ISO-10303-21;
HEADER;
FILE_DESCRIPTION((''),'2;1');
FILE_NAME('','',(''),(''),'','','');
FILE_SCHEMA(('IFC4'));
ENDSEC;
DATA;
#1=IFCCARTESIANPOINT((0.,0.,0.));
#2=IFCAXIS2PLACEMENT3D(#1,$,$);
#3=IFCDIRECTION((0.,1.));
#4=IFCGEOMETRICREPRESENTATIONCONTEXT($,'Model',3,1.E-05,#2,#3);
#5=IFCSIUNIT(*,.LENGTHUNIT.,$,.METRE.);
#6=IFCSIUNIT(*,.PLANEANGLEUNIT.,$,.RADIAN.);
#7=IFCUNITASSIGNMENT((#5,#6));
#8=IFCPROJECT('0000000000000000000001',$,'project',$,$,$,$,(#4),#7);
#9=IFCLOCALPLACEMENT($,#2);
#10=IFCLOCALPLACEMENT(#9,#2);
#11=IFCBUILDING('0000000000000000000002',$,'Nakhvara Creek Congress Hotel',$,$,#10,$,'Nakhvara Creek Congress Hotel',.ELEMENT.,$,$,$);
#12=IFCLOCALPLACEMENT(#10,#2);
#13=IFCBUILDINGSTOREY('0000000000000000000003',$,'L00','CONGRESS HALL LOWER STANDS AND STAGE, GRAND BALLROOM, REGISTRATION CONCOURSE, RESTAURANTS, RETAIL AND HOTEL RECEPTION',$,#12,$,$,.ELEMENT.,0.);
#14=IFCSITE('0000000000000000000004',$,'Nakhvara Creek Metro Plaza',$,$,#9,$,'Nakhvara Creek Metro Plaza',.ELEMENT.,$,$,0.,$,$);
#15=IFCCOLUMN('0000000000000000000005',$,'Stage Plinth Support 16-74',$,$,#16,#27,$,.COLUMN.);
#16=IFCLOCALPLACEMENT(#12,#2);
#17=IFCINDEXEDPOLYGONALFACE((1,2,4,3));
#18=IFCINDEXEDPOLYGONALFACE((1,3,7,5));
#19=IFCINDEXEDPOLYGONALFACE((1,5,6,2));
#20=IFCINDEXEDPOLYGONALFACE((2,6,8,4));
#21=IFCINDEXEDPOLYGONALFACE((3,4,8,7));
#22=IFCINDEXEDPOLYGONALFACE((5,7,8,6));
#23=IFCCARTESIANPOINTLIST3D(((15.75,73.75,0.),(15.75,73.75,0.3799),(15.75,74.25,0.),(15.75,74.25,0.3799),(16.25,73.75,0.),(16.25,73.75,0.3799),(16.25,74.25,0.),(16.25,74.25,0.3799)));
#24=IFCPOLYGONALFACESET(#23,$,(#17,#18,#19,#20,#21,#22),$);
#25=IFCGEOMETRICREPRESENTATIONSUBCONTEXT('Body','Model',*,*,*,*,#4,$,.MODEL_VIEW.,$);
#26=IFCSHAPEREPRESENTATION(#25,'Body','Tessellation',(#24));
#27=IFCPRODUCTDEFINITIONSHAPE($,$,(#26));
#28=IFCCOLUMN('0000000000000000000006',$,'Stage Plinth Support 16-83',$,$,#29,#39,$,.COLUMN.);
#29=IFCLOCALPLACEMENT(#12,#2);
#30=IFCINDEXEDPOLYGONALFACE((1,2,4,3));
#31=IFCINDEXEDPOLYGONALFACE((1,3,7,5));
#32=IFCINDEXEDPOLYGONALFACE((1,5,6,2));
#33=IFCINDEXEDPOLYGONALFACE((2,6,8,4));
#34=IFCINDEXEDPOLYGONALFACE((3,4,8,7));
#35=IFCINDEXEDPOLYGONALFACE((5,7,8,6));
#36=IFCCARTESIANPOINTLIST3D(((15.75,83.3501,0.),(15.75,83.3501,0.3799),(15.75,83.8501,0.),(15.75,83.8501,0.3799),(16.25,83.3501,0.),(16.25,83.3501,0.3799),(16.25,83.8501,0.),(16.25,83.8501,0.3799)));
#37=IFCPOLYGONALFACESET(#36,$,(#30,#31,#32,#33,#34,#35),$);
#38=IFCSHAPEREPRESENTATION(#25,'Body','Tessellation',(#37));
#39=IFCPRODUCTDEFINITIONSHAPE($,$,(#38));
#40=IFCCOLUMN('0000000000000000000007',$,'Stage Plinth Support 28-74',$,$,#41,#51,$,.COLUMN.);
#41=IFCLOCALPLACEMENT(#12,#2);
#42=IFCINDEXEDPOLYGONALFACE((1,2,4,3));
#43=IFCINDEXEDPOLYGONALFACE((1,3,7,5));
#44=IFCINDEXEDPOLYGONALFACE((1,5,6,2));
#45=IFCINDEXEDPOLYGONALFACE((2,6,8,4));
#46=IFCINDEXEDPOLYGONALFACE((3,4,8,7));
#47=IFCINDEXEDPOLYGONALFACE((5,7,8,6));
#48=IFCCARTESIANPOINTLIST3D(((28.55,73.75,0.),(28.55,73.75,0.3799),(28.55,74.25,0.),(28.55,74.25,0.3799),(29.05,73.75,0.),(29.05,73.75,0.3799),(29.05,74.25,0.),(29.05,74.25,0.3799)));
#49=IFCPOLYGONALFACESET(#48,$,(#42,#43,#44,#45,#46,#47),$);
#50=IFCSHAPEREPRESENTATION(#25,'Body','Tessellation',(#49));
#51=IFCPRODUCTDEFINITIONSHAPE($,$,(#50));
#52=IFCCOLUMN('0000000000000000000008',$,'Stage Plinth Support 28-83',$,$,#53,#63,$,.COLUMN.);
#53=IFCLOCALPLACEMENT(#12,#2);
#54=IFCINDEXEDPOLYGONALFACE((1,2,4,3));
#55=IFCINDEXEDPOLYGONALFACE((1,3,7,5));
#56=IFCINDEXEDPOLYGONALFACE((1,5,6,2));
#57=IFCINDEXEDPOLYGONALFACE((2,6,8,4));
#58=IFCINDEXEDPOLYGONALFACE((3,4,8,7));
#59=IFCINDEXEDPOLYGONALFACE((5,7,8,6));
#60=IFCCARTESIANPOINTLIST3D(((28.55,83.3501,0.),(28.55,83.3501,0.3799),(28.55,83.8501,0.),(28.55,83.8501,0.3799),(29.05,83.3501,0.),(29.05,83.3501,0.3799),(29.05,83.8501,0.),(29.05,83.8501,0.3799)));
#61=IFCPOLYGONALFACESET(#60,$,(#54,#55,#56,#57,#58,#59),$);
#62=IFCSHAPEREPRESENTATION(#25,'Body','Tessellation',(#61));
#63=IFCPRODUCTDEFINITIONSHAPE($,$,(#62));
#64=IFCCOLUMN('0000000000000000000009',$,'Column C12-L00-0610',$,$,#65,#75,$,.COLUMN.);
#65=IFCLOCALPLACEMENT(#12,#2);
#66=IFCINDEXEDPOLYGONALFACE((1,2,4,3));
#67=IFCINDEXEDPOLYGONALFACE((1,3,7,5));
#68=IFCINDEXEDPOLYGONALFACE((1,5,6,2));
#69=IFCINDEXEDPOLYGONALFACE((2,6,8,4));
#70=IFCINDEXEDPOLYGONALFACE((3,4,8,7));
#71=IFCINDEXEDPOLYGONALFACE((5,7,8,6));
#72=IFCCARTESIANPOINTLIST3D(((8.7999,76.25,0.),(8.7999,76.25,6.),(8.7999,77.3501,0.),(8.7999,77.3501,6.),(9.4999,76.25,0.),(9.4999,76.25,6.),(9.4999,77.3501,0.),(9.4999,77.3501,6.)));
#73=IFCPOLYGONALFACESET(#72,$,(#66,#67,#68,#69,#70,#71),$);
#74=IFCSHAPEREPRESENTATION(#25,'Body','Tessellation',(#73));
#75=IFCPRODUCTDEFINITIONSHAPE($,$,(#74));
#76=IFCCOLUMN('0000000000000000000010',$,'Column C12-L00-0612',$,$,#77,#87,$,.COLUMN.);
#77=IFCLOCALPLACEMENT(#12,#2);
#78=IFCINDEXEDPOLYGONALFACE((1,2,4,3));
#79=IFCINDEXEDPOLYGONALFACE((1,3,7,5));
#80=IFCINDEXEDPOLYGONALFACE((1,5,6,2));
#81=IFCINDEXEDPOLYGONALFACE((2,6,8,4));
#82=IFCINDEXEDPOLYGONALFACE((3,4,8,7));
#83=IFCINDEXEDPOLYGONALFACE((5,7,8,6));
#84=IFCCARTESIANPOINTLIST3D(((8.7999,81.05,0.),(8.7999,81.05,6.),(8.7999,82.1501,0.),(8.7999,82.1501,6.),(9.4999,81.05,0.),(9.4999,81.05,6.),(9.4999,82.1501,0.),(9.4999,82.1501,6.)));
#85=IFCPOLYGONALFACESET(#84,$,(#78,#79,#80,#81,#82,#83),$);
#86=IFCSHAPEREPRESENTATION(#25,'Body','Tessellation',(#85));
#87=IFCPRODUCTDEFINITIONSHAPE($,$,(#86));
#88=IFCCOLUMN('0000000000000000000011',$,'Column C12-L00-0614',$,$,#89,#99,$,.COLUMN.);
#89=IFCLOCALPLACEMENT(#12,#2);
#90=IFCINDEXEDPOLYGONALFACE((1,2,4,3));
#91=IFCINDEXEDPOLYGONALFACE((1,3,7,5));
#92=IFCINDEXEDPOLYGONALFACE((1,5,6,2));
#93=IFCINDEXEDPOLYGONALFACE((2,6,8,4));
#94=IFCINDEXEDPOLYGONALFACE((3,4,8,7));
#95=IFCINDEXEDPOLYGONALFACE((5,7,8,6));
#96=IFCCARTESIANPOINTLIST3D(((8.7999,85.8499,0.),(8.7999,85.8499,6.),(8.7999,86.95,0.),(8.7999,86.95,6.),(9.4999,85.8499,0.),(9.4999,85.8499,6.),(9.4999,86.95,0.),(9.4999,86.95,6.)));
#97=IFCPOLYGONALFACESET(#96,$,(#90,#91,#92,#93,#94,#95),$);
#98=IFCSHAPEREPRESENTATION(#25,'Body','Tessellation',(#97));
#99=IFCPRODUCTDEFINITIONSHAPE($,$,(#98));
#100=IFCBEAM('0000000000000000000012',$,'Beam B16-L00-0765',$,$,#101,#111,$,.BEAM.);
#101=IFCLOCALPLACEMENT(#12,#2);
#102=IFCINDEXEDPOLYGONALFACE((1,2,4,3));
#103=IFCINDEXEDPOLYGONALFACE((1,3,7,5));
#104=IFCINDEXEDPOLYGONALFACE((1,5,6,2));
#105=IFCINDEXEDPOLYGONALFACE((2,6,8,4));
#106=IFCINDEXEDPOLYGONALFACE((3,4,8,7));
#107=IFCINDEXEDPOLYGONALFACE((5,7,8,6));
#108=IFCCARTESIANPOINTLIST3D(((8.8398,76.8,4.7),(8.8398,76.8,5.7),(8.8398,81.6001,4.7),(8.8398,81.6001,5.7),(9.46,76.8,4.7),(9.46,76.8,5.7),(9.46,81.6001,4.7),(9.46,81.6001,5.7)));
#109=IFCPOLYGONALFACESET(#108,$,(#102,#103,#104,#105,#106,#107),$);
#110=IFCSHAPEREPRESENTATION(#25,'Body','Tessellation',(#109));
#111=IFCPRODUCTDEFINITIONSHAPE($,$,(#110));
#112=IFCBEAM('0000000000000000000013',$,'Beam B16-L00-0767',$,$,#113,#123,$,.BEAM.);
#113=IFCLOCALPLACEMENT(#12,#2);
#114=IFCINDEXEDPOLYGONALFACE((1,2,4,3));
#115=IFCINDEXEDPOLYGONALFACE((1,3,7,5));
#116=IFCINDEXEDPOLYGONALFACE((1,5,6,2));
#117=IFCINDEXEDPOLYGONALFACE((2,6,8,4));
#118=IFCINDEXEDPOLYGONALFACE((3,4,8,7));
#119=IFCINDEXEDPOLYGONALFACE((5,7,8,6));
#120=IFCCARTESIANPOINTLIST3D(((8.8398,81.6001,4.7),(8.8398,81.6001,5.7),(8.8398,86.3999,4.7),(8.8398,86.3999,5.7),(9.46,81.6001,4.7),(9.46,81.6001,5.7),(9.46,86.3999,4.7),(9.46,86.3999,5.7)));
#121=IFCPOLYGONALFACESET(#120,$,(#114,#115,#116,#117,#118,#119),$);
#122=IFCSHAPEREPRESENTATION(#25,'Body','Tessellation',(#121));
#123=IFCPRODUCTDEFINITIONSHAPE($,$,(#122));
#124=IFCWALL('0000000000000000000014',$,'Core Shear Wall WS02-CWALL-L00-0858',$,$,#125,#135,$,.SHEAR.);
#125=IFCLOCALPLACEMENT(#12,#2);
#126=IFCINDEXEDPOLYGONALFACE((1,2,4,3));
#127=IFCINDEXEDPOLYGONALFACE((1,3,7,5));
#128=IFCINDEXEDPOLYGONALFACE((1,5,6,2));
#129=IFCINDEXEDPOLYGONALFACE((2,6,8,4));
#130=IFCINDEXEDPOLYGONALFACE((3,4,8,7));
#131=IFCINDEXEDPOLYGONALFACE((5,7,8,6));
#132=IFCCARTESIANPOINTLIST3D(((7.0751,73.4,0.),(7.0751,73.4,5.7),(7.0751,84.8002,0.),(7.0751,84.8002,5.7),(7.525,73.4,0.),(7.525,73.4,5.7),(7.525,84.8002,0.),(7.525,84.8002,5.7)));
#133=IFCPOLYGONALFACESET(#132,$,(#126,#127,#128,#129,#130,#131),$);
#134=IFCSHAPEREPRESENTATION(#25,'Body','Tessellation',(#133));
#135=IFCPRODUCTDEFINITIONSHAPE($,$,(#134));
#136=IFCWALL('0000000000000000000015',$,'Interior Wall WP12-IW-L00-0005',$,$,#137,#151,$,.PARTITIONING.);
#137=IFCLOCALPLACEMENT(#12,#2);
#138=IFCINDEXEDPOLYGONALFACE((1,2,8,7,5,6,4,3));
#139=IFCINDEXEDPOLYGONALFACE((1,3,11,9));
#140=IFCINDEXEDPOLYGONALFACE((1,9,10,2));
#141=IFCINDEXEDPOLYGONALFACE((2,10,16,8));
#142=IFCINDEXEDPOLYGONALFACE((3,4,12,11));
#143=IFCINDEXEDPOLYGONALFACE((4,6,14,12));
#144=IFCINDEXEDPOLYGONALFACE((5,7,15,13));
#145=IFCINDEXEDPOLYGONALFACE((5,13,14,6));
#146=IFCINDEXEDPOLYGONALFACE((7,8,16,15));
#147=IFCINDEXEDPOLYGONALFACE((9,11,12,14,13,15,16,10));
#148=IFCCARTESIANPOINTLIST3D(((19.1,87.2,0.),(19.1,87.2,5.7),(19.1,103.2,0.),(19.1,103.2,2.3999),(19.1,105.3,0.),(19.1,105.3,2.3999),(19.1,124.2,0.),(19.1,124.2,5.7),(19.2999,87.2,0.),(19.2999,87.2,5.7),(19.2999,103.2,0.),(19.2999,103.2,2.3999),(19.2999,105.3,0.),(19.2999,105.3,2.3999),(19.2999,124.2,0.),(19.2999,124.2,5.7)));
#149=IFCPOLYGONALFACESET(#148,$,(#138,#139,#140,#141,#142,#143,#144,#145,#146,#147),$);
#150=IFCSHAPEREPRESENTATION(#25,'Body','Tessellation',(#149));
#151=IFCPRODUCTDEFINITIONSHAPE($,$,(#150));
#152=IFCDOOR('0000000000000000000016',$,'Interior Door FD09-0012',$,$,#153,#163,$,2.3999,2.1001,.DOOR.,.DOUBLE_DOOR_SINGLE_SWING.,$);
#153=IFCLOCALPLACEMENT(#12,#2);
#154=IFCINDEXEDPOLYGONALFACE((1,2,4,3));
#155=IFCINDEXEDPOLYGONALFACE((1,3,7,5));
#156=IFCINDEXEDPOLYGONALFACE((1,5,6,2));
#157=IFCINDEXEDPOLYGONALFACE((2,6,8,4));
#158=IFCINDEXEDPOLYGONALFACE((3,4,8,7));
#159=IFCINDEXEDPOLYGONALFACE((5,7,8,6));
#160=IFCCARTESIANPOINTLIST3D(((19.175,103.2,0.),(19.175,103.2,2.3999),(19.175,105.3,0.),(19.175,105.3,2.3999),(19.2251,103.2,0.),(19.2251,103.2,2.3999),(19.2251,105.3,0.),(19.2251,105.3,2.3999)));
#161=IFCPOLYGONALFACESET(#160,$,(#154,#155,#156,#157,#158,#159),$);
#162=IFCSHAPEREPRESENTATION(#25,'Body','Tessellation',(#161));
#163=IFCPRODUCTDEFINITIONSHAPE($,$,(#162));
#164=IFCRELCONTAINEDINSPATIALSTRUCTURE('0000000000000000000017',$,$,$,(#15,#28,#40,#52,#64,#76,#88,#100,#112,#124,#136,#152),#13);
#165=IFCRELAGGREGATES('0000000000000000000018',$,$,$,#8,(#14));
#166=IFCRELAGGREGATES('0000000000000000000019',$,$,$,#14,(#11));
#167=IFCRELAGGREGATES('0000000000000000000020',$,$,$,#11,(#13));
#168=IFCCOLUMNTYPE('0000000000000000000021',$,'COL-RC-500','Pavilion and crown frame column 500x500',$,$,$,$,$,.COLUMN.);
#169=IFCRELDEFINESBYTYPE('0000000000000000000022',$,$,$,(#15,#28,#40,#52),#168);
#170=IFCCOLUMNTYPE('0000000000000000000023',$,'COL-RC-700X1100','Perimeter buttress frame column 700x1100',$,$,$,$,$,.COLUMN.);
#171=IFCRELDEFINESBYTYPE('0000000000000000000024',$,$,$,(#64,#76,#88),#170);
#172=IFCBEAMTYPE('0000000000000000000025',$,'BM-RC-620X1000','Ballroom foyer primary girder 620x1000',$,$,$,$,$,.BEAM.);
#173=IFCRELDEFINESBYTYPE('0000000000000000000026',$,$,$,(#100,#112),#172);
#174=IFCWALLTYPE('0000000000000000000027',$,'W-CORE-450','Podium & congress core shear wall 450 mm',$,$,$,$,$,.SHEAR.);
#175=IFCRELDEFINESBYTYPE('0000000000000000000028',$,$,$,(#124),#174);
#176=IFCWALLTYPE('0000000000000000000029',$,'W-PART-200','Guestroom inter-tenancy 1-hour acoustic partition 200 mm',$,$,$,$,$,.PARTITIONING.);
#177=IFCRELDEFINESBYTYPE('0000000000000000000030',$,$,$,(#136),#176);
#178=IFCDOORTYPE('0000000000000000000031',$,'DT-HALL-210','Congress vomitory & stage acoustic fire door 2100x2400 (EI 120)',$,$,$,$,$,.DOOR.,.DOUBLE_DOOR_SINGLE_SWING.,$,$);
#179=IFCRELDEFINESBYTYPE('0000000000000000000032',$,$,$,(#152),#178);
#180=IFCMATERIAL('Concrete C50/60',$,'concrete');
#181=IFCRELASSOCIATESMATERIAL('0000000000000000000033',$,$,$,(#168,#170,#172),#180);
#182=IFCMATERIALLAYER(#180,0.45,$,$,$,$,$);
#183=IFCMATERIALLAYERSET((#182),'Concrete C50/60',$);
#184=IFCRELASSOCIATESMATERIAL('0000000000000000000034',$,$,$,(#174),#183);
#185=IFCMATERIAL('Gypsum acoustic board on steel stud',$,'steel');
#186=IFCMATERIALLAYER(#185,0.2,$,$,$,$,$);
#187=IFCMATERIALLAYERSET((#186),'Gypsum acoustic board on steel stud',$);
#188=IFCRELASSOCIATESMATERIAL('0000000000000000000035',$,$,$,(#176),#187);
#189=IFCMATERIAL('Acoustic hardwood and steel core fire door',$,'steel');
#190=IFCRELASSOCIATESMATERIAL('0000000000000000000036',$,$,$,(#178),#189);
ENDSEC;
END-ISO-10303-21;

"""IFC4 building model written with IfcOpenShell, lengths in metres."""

from ifc_helpers import new_model, si_unit, direction, frame, frame_2d, origin, origin_2d, place, context, subcontext, project, spatial, rectangle, extrude, material, layer, layer_set, material_profile, profile_set, type_object, element, fill, save


model = new_model("IFC4")

# Units and contexts
model_context = context("Model", 3, precision=1e-05, world=origin(), true_north=direction((0.0, 1.0)))
body_context = subcontext(model_context, "Body", "Model", "MODEL_VIEW")
ifc_project = project(units=[si_unit("LENGTHUNIT", "METRE"), si_unit("PLANEANGLEUNIT", "RADIAN")], contexts=[model_context])

# Site, building, storey
site_placement = place(None, origin())
site = spatial("IfcSite", under=ifc_project, at=site_placement, Name="Nakhvara Creek Metro Plaza", LongName="Nakhvara Creek Metro Plaza", CompositionType="ELEMENT", RefElevation=0.0)
building_placement = place(site_placement, origin())
building = spatial("IfcBuilding", under=site, at=building_placement, Name="Nakhvara Creek Congress Hotel", LongName="Nakhvara Creek Congress Hotel", CompositionType="ELEMENT")
storey_placement = place(building_placement, origin())
storey = spatial("IfcBuildingStorey", under=building, at=storey_placement, Name="L00", Description="CONGRESS HALL LOWER STANDS AND STAGE, GRAND BALLROOM, REGISTRATION CONCOURSE, RESTAURANTS, RETAIL AND HOTEL RECEPTION", CompositionType="ELEMENT", Elevation=0.0)

# Columns
ifc_material_1 = material(Name="Concrete C50/60", Category="concrete")
ifc_material_profile_1 = material_profile(ifc_material_1, rectangle(XDim=0.5, YDim=0.5, at=origin_2d()), Name="RC-COL 500x500", Category="LoadBearing")
ifc_profile_set_1 = profile_set([ifc_material_profile_1], Name="Concrete C50/60")
column_type_1 = type_object("IfcColumnType", Name="COL-RC-500", Description="Pavilion and crown frame column 500x500", PredefinedType="COLUMN", material=ifc_profile_set_1)
for number, where, z_axis, x_axis, name in (
    (1, (16.0, 74.0, 0.0), (0.0, 0.0, 1.0), (1.0, 0.0, 0.0), "Stage Plinth Support 16-74"),
    (2, (16.0, 83.6001, 0.0), (0.0, 0.0, 1.0), (1.0, 0.0, 0.0), "Stage Plinth Support 16-83"),
    (3, (28.8, 74.0, 0.0), (0.0, 0.0, 1.0), (1.0, 0.0, 0.0), "Stage Plinth Support 28-74"),
    (4, (28.8, 83.6001, 0.0), (0.0, 0.0, 1.0), (1.0, 0.0, 0.0), "Stage Plinth Support 28-83"),
):
    element("IfcColumn", number, at=place(storey_placement, frame(where, z_axis=z_axis, x_axis=x_axis)), inside=storey, type_object=column_type_1, Name=name, PredefinedType="COLUMN", context=body_context, shape_type="SweptSolid", body=[
        extrude(rectangle(XDim=0.5, YDim=0.5, at=origin_2d()), origin(), (0.0, 0.0, 1.0), 0.3799),
    ])
ifc_material_profile_2 = material_profile(ifc_material_1, rectangle(XDim=0.7, YDim=1.1001, at=origin_2d()), Name="RC-COL 700x1100", Category="LoadBearing")
ifc_profile_set_2 = profile_set([ifc_material_profile_2], Name="Concrete C50/60")
column_type_2 = type_object("IfcColumnType", Name="COL-RC-700X1100", Description="Perimeter buttress frame column 700x1100", PredefinedType="COLUMN", material=ifc_profile_set_2)
for number, where, z_axis, x_axis, name in (
    (5, (9.1499, 76.8, 0.0), (0.0, 0.0, 1.0), (1.0, 0.0, 0.0), "Column C12-L00-0610"),
    (6, (9.1499, 81.6001, 0.0), (0.0, 0.0, 1.0), (1.0, 0.0, 0.0), "Column C12-L00-0612"),
    (7, (9.1499, 86.3999, 0.0), (0.0, 0.0, 1.0), (1.0, 0.0, 0.0), "Column C12-L00-0614"),
):
    element("IfcColumn", number, at=place(storey_placement, frame(where, z_axis=z_axis, x_axis=x_axis)), inside=storey, type_object=column_type_2, Name=name, PredefinedType="COLUMN", context=body_context, shape_type="SweptSolid", body=[
        extrude(rectangle(XDim=0.7, YDim=1.1001, at=origin_2d()), origin(), (0.0, 0.0, 1.0), 6.0),
    ])

# Beams
ifc_material_profile_3 = material_profile(ifc_material_1, rectangle(XDim=0.6201, YDim=1.0, at=origin_2d()), Name="RC-BM 620x1000", Category="LoadBearing")
ifc_profile_set_3 = profile_set([ifc_material_profile_3], Name="Concrete C50/60")
beam_type = type_object("IfcBeamType", Name="BM-RC-620X1000", Description="Ballroom foyer primary girder 620x1000", PredefinedType="BEAM", material=ifc_profile_set_3)
beam_1_placement = place(storey_placement, frame((9.1499, 76.8, 5.2), z_axis=(0.0, 1.0, 0.0), x_axis=(-1.0, 0.0, 0.0)))
element("IfcBeam", 8, at=beam_1_placement, inside=storey, type_object=beam_type, Name="Beam B16-L00-0765", PredefinedType="BEAM", context=body_context, shape_type="SweptSolid", body=[
    extrude(rectangle(XDim=0.6201, YDim=1.0, at=origin_2d()), origin(), (0.0, 0.0, 1.0), 4.8),
])
beam_2_placement = place(storey_placement, frame((9.1499, 81.6001, 5.2), z_axis=(0.0, 1.0, 0.0), x_axis=(-1.0, 0.0, 0.0)))
element("IfcBeam", 9, at=beam_2_placement, inside=storey, type_object=beam_type, Name="Beam B16-L00-0767", PredefinedType="BEAM", context=body_context, shape_type="SweptSolid", body=[
    extrude(rectangle(XDim=0.6201, YDim=1.0, at=origin_2d()), origin(), (0.0, 0.0, 1.0), 4.7998),
])

# Wall
ifc_layer_1 = layer(ifc_material_1, 0.45)
ifc_layer_set_1 = layer_set([ifc_layer_1], Name="Concrete C50/60")
wall_type_1 = type_object("IfcWallType", Name="W-CORE-450", Description="Podium & congress core shear wall 450 mm", PredefinedType="SHEAR", material=ifc_layer_set_1)
wall_1_placement = place(storey_placement, frame((7.3, 73.3999, 0.0), z_axis=(0.0, 0.0, 1.0), x_axis=(0.0, 1.0, 0.0)))
element("IfcWall", 10, at=wall_1_placement, inside=storey, type_object=wall_type_1, Name="Core Shear Wall WS02-CWALL-L00-0858", PredefinedType="SHEAR", context=body_context, shape_type="SweptSolid", body=[
    extrude(rectangle(XDim=11.4001, YDim=0.45, at=frame_2d((5.7002, 0.0))), origin(), (0.0, 0.0, 1.0), 5.7),
])

# Wall, opening, door
ifc_material_2 = material(Name="Gypsum acoustic board on steel stud", Category="steel")
ifc_layer_2 = layer(ifc_material_2, 0.2)
ifc_layer_set_2 = layer_set([ifc_layer_2], Name="Gypsum acoustic board on steel stud")
wall_type_2 = type_object("IfcWallType", Name="W-PART-200", Description="Guestroom inter-tenancy 1-hour acoustic partition 200 mm", PredefinedType="PARTITIONING", material=ifc_layer_set_2)
wall_2_placement = place(storey_placement, frame((19.2, 87.2, 0.0), z_axis=(0.0, 0.0, 1.0), x_axis=(0.0, 1.0, 0.0)))
wall_2 = element("IfcWall", 11, at=wall_2_placement, inside=storey, type_object=wall_type_2, Name="Interior Wall WP12-IW-L00-0005", PredefinedType="PARTITIONING", context=body_context, shape_type="SweptSolid", body=[
    extrude(rectangle(XDim=37.0, YDim=0.2, at=frame_2d((18.5, 0.0))), origin(), (0.0, 0.0, 1.0), 5.7),
])
opening_placement = place(wall_2_placement, frame((16.0, 0.0, 0.0)))
opening = element("IfcOpeningElement", 12, at=opening_placement, cuts=wall_2, PredefinedType="OPENING", context=body_context, shape_type="SweptSolid", body=[
    extrude(rectangle(XDim=2.1001, YDim=2.3999, at=frame_2d((1.05, 1.2))), frame((0.0, 0.1118, 0.0), z_axis=(0.0, -1.0, 0.0), x_axis=(1.0, 0.0, 0.0)), (0.0, 0.0, 1.0), 0.2239),
])
ifc_material_3 = material(Name="Acoustic hardwood and steel core fire door", Category="steel")
door_type = type_object("IfcDoorType", Name="DT-HALL-210", Description="Congress vomitory & stage acoustic fire door 2100x2400 (EI 120)", OperationType="DOUBLE_DOOR_SINGLE_SWING", PredefinedType="DOOR", material=ifc_material_3)
door_placement = place(opening_placement, origin())
door = element("IfcDoor", 13, at=door_placement, inside=storey, type_object=door_type, Name="Interior Door FD09-0012", OperationType="DOUBLE_DOOR_SINGLE_SWING", OverallHeight=2.3999, OverallWidth=2.1001, PredefinedType="DOOR", context=body_context, shape_type="SweptSolid", body=[
    extrude(rectangle(XDim=2.1001, YDim=2.3999, at=frame_2d((1.05, 1.2))), frame((0.0, 0.0249, 0.0), z_axis=(0.0, -1.0, 0.0), x_axis=(1.0, 0.0, 0.0)), (0.0, 0.0, 1.0), 0.05),
])
fill(opening, door)

save(model, "model.ifc")
